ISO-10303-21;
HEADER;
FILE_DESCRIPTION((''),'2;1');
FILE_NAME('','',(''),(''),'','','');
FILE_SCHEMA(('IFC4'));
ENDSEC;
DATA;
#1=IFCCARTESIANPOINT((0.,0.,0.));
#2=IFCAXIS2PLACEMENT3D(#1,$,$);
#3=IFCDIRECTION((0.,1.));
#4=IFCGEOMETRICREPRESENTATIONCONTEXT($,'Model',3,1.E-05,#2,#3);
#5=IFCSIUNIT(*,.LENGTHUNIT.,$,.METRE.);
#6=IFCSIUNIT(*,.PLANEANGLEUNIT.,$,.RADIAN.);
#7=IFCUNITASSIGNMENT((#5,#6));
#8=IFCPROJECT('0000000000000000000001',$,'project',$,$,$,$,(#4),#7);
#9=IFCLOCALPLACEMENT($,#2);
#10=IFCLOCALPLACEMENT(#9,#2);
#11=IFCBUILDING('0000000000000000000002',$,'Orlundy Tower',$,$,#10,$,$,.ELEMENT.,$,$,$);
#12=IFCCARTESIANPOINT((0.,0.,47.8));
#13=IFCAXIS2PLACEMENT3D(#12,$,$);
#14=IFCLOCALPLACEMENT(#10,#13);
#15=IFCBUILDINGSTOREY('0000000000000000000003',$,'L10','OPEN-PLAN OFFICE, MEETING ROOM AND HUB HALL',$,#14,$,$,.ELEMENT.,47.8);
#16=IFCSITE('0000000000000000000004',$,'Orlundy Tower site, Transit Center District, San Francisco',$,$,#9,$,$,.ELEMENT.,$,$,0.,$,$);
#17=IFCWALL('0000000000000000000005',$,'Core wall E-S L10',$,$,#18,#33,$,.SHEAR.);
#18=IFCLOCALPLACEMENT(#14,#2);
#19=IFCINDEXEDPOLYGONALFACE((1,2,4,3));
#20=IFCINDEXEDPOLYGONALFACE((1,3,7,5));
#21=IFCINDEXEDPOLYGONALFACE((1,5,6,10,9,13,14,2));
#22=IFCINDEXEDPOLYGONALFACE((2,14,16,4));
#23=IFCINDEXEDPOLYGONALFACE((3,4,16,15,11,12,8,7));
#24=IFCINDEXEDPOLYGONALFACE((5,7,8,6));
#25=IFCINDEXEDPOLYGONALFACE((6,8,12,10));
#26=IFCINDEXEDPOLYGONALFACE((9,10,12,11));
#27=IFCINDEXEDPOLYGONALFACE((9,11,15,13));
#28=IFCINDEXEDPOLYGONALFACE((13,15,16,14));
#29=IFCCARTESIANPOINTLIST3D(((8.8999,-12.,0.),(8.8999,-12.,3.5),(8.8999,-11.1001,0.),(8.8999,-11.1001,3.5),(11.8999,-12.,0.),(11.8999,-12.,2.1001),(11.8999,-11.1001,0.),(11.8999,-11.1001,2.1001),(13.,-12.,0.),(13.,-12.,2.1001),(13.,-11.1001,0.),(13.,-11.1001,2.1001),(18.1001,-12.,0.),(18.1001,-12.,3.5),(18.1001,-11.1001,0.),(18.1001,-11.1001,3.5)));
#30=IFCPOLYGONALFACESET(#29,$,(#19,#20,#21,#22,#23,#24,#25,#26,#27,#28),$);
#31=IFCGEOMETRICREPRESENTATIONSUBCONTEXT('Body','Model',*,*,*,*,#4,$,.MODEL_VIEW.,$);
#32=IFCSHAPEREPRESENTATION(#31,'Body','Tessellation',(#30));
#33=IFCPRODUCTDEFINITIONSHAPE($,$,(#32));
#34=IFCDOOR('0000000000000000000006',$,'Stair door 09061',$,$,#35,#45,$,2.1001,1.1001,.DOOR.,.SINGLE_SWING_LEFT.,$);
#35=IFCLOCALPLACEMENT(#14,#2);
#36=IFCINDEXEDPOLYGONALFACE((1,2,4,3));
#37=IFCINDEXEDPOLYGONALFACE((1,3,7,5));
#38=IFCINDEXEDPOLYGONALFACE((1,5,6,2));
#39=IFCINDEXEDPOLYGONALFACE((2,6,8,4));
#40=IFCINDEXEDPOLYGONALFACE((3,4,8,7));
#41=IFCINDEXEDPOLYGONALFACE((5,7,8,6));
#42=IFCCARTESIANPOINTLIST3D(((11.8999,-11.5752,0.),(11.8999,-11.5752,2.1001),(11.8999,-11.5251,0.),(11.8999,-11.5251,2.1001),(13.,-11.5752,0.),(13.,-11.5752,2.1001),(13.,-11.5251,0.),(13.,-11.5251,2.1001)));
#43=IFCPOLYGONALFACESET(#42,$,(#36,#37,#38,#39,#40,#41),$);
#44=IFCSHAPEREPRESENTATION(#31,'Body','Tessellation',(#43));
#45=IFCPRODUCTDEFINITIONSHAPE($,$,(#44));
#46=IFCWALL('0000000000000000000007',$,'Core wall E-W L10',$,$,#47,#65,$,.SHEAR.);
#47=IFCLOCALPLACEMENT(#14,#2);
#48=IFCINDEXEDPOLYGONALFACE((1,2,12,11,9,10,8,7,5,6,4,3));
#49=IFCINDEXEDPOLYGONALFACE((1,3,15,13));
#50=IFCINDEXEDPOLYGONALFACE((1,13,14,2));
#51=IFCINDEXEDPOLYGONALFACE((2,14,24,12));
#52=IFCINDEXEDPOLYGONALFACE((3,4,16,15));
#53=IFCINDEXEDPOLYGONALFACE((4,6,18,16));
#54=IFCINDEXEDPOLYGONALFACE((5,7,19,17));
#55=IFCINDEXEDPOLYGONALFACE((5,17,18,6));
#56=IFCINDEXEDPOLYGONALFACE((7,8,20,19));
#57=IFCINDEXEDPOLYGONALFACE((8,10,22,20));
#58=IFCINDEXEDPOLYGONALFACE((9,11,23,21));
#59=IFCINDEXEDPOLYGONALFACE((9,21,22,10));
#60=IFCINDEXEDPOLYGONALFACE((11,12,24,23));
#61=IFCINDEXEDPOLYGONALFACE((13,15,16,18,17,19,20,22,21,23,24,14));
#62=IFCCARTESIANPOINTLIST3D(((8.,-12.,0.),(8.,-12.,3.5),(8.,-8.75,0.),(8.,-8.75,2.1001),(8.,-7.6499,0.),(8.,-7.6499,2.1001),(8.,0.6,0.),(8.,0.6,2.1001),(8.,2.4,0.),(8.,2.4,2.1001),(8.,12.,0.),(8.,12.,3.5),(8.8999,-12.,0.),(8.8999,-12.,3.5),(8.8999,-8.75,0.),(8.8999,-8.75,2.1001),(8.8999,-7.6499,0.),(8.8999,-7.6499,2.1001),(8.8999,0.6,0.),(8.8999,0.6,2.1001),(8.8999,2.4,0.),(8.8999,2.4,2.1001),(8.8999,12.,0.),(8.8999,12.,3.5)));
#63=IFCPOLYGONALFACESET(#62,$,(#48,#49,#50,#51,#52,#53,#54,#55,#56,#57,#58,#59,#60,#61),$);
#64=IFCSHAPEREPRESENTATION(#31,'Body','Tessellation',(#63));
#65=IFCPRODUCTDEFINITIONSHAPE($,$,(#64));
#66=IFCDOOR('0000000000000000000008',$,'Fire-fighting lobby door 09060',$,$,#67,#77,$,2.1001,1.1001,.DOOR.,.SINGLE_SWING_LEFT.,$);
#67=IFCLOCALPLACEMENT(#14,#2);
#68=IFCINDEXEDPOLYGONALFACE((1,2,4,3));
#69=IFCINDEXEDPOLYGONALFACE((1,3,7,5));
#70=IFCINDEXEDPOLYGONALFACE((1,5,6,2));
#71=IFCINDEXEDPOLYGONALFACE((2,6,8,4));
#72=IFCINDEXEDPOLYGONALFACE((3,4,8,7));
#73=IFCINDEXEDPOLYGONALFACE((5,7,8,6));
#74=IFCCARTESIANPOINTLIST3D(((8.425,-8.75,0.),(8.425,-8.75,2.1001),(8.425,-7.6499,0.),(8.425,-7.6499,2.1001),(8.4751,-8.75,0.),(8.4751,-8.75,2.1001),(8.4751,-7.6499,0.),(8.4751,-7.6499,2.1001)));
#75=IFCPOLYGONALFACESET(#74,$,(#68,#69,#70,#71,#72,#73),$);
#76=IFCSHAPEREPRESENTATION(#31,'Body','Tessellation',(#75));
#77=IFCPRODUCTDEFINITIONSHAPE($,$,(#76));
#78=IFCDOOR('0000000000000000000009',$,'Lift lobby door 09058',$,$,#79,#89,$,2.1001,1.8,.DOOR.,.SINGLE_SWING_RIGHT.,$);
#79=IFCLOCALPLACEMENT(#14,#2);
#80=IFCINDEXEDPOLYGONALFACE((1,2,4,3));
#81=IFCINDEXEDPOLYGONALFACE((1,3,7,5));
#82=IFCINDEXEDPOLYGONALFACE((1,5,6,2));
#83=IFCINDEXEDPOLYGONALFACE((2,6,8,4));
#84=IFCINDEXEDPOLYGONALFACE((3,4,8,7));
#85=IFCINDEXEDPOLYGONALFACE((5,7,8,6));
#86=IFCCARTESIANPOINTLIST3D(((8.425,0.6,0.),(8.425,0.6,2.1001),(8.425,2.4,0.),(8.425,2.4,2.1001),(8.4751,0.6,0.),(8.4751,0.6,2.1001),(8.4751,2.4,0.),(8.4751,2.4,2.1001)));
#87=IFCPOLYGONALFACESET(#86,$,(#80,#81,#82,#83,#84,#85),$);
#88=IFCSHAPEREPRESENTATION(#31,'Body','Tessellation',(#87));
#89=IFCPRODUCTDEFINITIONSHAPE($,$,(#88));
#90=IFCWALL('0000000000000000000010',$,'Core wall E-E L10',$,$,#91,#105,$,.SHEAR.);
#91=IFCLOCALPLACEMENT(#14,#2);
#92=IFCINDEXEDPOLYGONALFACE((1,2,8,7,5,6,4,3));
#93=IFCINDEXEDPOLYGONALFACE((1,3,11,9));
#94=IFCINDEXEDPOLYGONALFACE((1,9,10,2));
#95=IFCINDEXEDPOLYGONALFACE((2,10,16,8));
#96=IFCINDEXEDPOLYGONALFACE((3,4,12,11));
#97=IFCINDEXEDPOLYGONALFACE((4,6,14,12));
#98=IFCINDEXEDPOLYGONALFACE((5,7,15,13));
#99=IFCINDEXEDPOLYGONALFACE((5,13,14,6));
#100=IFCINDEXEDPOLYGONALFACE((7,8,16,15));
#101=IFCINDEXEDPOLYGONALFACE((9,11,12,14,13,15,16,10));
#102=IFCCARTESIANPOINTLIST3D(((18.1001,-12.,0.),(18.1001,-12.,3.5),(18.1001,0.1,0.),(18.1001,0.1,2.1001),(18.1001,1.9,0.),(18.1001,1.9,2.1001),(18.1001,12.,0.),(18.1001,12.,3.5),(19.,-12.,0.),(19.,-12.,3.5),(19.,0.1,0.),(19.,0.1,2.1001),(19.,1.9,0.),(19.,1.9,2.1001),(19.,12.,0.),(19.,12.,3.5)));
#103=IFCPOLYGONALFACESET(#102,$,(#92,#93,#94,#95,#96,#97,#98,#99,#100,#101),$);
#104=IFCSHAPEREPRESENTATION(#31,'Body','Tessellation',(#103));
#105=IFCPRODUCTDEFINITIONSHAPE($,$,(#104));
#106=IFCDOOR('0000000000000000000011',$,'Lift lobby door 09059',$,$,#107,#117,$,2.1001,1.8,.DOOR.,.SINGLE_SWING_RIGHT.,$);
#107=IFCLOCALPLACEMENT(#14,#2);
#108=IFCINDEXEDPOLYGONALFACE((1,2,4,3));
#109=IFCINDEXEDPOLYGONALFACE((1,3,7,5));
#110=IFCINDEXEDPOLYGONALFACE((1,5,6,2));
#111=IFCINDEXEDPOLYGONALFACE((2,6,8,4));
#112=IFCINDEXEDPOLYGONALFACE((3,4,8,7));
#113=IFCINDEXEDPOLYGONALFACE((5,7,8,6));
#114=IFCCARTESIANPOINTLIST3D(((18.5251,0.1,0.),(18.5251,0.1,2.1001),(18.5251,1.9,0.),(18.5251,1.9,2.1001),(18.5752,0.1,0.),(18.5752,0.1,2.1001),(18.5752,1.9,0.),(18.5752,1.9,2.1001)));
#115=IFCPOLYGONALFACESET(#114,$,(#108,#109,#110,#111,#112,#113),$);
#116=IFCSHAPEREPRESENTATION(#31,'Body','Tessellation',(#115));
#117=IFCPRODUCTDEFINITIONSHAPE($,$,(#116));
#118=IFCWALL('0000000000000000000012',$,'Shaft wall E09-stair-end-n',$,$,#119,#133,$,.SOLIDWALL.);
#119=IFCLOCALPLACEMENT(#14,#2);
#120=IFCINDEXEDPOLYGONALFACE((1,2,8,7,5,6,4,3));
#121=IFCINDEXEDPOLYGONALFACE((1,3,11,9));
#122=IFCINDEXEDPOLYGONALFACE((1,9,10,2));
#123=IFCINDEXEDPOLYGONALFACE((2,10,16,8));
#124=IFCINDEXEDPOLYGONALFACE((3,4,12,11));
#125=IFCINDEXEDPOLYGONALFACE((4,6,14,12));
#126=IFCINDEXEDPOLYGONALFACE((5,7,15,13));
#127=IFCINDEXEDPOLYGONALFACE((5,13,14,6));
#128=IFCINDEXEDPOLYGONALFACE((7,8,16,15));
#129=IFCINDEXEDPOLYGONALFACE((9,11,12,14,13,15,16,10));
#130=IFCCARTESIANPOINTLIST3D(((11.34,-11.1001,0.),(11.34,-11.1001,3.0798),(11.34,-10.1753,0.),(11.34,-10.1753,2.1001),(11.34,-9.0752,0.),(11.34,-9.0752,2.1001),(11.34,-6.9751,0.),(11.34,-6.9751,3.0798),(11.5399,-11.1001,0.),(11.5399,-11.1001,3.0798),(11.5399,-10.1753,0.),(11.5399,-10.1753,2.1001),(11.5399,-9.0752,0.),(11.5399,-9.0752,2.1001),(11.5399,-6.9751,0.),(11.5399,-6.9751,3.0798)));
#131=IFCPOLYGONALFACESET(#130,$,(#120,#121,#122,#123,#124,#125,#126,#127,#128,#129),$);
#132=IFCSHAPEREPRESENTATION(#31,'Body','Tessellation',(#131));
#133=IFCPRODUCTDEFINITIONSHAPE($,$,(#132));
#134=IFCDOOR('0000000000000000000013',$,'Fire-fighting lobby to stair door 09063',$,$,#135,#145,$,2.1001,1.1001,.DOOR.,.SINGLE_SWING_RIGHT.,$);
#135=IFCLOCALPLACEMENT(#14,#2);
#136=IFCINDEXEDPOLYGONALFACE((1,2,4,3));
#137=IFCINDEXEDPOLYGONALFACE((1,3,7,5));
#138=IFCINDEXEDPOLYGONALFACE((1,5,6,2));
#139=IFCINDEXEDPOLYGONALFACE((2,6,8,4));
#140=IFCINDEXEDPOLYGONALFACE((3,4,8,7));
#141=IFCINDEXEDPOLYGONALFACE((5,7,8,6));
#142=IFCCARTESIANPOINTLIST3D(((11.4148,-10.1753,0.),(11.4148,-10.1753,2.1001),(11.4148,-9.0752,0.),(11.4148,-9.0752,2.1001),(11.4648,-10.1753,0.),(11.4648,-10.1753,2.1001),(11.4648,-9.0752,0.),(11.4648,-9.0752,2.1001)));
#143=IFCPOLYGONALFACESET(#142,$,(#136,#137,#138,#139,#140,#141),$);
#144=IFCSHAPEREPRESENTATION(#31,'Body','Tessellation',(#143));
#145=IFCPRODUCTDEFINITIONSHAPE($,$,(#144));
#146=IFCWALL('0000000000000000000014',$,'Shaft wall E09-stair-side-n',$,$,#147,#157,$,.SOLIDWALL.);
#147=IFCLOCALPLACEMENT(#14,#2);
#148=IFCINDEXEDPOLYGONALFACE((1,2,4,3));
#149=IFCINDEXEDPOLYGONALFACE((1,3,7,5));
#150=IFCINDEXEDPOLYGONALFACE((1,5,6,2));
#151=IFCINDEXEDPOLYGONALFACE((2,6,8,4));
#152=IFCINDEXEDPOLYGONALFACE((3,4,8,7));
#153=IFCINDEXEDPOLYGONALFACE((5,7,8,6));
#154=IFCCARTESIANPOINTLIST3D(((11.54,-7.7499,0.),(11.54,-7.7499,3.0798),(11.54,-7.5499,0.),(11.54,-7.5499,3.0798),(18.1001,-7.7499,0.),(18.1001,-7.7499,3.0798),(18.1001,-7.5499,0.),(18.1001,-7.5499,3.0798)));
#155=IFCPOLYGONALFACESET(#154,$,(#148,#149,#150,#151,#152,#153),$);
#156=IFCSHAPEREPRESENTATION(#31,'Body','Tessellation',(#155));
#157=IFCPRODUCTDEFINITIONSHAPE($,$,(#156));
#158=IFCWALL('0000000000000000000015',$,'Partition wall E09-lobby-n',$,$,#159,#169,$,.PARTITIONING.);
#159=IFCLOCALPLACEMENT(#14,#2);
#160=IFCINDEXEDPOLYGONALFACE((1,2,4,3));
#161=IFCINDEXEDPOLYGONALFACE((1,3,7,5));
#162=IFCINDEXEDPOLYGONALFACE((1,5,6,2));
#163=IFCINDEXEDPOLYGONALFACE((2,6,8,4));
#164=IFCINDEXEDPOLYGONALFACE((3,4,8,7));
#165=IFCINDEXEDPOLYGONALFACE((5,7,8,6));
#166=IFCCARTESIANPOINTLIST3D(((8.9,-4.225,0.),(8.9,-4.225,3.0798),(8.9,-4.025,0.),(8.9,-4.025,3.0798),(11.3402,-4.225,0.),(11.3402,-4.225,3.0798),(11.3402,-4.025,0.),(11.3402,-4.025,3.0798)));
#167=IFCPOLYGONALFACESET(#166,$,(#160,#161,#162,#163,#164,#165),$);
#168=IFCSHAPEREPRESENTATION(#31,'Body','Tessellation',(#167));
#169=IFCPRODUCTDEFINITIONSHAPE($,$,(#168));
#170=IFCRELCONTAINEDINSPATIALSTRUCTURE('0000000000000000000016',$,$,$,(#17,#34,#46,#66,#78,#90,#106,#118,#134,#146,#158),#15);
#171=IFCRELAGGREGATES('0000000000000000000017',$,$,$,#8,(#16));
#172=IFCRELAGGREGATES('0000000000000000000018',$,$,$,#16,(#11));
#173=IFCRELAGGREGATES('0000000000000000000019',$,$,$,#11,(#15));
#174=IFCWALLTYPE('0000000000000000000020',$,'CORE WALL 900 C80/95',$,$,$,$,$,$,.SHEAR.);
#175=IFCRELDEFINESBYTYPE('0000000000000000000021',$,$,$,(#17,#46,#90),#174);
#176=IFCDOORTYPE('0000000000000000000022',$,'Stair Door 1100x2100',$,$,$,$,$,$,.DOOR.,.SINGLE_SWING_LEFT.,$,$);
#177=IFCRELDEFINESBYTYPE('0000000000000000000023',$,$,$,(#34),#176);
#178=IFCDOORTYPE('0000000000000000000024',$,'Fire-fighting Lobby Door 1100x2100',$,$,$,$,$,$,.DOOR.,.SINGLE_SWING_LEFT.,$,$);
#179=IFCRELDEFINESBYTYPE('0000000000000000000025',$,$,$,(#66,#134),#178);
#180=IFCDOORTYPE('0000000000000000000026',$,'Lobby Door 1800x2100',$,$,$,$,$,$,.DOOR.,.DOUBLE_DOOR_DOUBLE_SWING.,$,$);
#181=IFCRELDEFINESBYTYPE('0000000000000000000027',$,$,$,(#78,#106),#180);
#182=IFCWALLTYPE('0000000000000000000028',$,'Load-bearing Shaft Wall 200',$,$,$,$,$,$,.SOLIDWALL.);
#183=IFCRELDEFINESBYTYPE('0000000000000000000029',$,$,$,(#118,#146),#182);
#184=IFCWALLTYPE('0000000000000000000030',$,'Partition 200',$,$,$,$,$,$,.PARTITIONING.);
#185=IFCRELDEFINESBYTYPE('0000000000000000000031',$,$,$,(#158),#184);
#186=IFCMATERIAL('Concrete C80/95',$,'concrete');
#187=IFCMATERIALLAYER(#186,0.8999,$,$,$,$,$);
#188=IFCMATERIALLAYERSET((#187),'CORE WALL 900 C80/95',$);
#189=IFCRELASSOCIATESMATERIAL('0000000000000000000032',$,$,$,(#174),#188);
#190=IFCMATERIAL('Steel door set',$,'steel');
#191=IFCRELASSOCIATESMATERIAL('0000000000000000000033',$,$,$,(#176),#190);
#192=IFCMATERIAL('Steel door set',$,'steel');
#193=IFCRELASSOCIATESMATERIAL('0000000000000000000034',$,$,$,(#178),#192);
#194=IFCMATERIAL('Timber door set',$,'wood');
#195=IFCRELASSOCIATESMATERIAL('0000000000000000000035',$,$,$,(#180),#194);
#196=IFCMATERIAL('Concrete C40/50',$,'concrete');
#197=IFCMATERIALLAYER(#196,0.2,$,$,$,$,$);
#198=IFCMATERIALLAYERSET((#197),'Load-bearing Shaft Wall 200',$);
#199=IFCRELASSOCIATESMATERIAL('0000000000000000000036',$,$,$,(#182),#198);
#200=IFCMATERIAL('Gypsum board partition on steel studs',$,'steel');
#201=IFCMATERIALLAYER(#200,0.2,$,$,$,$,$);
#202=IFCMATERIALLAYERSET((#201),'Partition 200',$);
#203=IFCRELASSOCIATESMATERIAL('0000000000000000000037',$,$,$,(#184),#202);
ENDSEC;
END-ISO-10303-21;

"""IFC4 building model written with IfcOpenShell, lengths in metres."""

from ifc_helpers import new_model, si_unit, direction, frame, frame_2d, origin, place, context, subcontext, project, spatial, rectangle, extrude, material, layer, layer_set, type_object, element, fill, save


model = new_model("IFC4")

# Units and contexts
model_context = context("Model", 3, precision=1e-05, world=origin(), true_north=direction((0.0, 1.0)))
body_context = subcontext(model_context, "Body", "Model", "MODEL_VIEW")
ifc_project = project(units=[si_unit("LENGTHUNIT", "METRE"), si_unit("PLANEANGLEUNIT", "RADIAN")], contexts=[model_context])

# Site, building, storey
site_placement = place(None, origin())
site = spatial("IfcSite", under=ifc_project, at=site_placement, Name="Orlundy Tower site, Transit Center District, San Francisco", CompositionType="ELEMENT", RefElevation=0.0)
building_placement = place(site_placement, origin())
building = spatial("IfcBuilding", under=site, at=building_placement, Name="Orlundy Tower", CompositionType="ELEMENT")
storey_placement = place(building_placement, frame((0.0, 0.0, 47.8)))
storey = spatial("IfcBuildingStorey", under=building, at=storey_placement, Name="L10", Description="OPEN-PLAN OFFICE, MEETING ROOM AND HUB HALL", CompositionType="ELEMENT", Elevation=47.8)

# Wall, opening, door
ifc_material_1 = material(Name="Concrete C80/95", Category="concrete")
ifc_layer_1 = layer(ifc_material_1, 0.8999)
ifc_layer_set_1 = layer_set([ifc_layer_1], Name="CORE WALL 900 C80/95")
wall_type_1 = type_object("IfcWallType", Name="CORE WALL 900 C80/95", PredefinedType="SHEAR", material=ifc_layer_set_1)
wall_1_placement = place(storey_placement, frame((8.8999, -11.55, 0.0), z_axis=(0.0, 0.0, 1.0), x_axis=(1.0, 0.0, 0.0)))
wall_1 = element("IfcWall", 1, at=wall_1_placement, inside=storey, type_object=wall_type_1, Name="Core wall E-S L10", PredefinedType="SHEAR", context=body_context, shape_type="SweptSolid", body=[
    extrude(rectangle(XDim=9.2002, YDim=0.8999, at=frame_2d((4.6001, 0.0))), origin(), (0.0, 0.0, 1.0), 3.5),
])
opening_1_placement = place(wall_1_placement, frame((3.0, 0.0, 0.0)))
opening_1 = element("IfcOpeningElement", 2, at=opening_1_placement, cuts=wall_1, PredefinedType="OPENING", context=body_context, shape_type="SweptSolid", body=[
    extrude(rectangle(XDim=1.1001, YDim=2.1001, at=frame_2d((0.55, 1.05))), frame((0.0, 0.46, 0.0), z_axis=(0.0, -1.0, 0.0), x_axis=(1.0, 0.0, 0.0)), (0.0, 0.0, 1.0), 0.9199),
])
ifc_material_2 = material(Name="Steel door set", Category="steel")
door_type_1 = type_object("IfcDoorType", Name="Stair Door 1100x2100", OperationType="SINGLE_SWING_LEFT", PredefinedType="DOOR", material=ifc_material_2)
door_1_placement = place(opening_1_placement, origin())
door_1 = element("IfcDoor", 3, at=door_1_placement, inside=storey, type_object=door_type_1, Name="Stair door 09061", OperationType="SINGLE_SWING_LEFT", OverallHeight=2.1001, OverallWidth=1.1001, PredefinedType="DOOR", context=body_context, shape_type="SweptSolid", body=[
    extrude(rectangle(XDim=1.1001, YDim=2.1001, at=frame_2d((0.55, 1.05))), frame((0.0, 0.0249, 0.0), z_axis=(0.0, -1.0, 0.0), x_axis=(1.0, 0.0, 0.0)), (0.0, 0.0, 1.0), 0.05),
])
fill(opening_1, door_1)

# Wall, openings, doors
wall_2_placement = place(storey_placement, frame((8.45, -12.0, 0.0), z_axis=(0.0, 0.0, 1.0), x_axis=(0.0, 1.0, 0.0)))
wall_2 = element("IfcWall", 4, at=wall_2_placement, inside=storey, type_object=wall_type_1, Name="Core wall E-W L10", PredefinedType="SHEAR", context=body_context, shape_type="SweptSolid", body=[
    extrude(rectangle(XDim=24.0, YDim=0.8999, at=frame_2d((12.0, 0.0))), origin(), (0.0, 0.0, 1.0), 3.5),
])
opening_2_placement = place(wall_2_placement, frame((12.6001, 0.0, 0.0)))
opening_2 = element("IfcOpeningElement", 5, at=opening_2_placement, cuts=wall_2, PredefinedType="OPENING", context=body_context, shape_type="SweptSolid", body=[
    extrude(rectangle(XDim=1.8, YDim=2.1001, at=frame_2d((0.8999, 1.05))), frame((0.0, 0.46, 0.0), z_axis=(0.0, -1.0, 0.0), x_axis=(1.0, 0.0, 0.0)), (0.0, 0.0, 1.0), 0.9199),
])
opening_3_placement = place(wall_2_placement, frame((3.25, 0.0, 0.0)))
opening_3 = element("IfcOpeningElement", 6, at=opening_3_placement, cuts=wall_2, PredefinedType="OPENING", context=body_context, shape_type="SweptSolid", body=[
    extrude(rectangle(XDim=1.1001, YDim=2.1001, at=frame_2d((0.55, 1.05))), frame((0.0, 0.46, 0.0), z_axis=(0.0, -1.0, 0.0), x_axis=(1.0, 0.0, 0.0)), (0.0, 0.0, 1.0), 0.9199),
])
ifc_material_3 = material(Name="Steel door set", Category="steel")
door_type_2 = type_object("IfcDoorType", Name="Fire-fighting Lobby Door 1100x2100", OperationType="SINGLE_SWING_LEFT", PredefinedType="DOOR", material=ifc_material_3)
door_2_placement = place(opening_3_placement, origin())
door_2 = element("IfcDoor", 7, at=door_2_placement, inside=storey, type_object=door_type_2, Name="Fire-fighting lobby door 09060", OperationType="SINGLE_SWING_LEFT", OverallHeight=2.1001, OverallWidth=1.1001, PredefinedType="DOOR", context=body_context, shape_type="SweptSolid", body=[
    extrude(rectangle(XDim=1.1001, YDim=2.1001, at=frame_2d((0.55, 1.05))), frame((0.0, 0.0249, 0.0), z_axis=(0.0, -1.0, 0.0), x_axis=(1.0, 0.0, 0.0)), (0.0, 0.0, 1.0), 0.05),
])
fill(opening_3, door_2)
ifc_material_4 = material(Name="Timber door set", Category="wood")
door_type_3 = type_object("IfcDoorType", Name="Lobby Door 1800x2100", OperationType="DOUBLE_DOOR_DOUBLE_SWING", PredefinedType="DOOR", material=ifc_material_4)
door_3_placement = place(opening_2_placement, origin())
door_3 = element("IfcDoor", 8, at=door_3_placement, inside=storey, type_object=door_type_3, Name="Lift lobby door 09058", OperationType="SINGLE_SWING_RIGHT", OverallHeight=2.1001, OverallWidth=1.8, PredefinedType="DOOR", context=body_context, shape_type="SweptSolid", body=[
    extrude(rectangle(XDim=1.8, YDim=2.1001, at=frame_2d((0.8999, 1.05))), frame((0.0, 0.0249, 0.0), z_axis=(0.0, -1.0, 0.0), x_axis=(1.0, 0.0, 0.0)), (0.0, 0.0, 1.0), 0.05),
])
fill(opening_2, door_3)

# Walls, openings, doors
wall_3_placement = place(storey_placement, frame((18.55, -12.0, 0.0), z_axis=(0.0, 0.0, 1.0), x_axis=(0.0, 1.0, 0.0)))
wall_3 = element("IfcWall", 9, at=wall_3_placement, inside=storey, type_object=wall_type_1, Name="Core wall E-E L10", PredefinedType="SHEAR", context=body_context, shape_type="SweptSolid", body=[
    extrude(rectangle(XDim=24.0, YDim=0.8999, at=frame_2d((12.0, 0.0))), origin(), (0.0, 0.0, 1.0), 3.5),
])
opening_4_placement = place(wall_3_placement, frame((12.1001, 0.0, 0.0)))
opening_4 = element("IfcOpeningElement", 10, at=opening_4_placement, cuts=wall_3, PredefinedType="OPENING", context=body_context, shape_type="SweptSolid", body=[
    extrude(rectangle(XDim=1.8, YDim=2.1001, at=frame_2d((0.8999, 1.05))), frame((0.0, 0.46, 0.0), z_axis=(0.0, -1.0, 0.0), x_axis=(1.0, 0.0, 0.0)), (0.0, 0.0, 1.0), 0.9199),
])
door_4_placement = place(opening_4_placement, origin())
door_4 = element("IfcDoor", 11, at=door_4_placement, inside=storey, type_object=door_type_3, Name="Lift lobby door 09059", OperationType="SINGLE_SWING_RIGHT", OverallHeight=2.1001, OverallWidth=1.8, PredefinedType="DOOR", context=body_context, shape_type="SweptSolid", body=[
    extrude(rectangle(XDim=1.8, YDim=2.1001, at=frame_2d((0.8999, 1.05))), frame((0.0, 0.0249, 0.0), z_axis=(0.0, -1.0, 0.0), x_axis=(1.0, 0.0, 0.0)), (0.0, 0.0, 1.0), 0.05),
])
fill(opening_4, door_4)
ifc_material_5 = material(Name="Concrete C40/50", Category="concrete")
ifc_layer_2 = layer(ifc_material_5, 0.2)
ifc_layer_set_2 = layer_set([ifc_layer_2], Name="Load-bearing Shaft Wall 200")
wall_type_2 = type_object("IfcWallType", Name="Load-bearing Shaft Wall 200", PredefinedType="SOLIDWALL", material=ifc_layer_set_2)
wall_4_placement = place(storey_placement, frame((11.4399, -6.9751, 0.0), z_axis=(0.0, 0.0, 1.0), x_axis=(0.0, -1.0, 0.0)))
wall_4 = element("IfcWall", 12, at=wall_4_placement, inside=storey, type_object=wall_type_2, Name="Shaft wall E09-stair-end-n", PredefinedType="SOLIDWALL", context=body_context, shape_type="SweptSolid", body=[
    extrude(rectangle(XDim=4.125, YDim=0.2, at=frame_2d((2.0625, 0.0))), origin(), (0.0, 0.0, 1.0), 3.0798),
])
opening_5_placement = place(wall_4_placement, frame((2.1001, 0.0, 0.0)))
opening_5 = element("IfcOpeningElement", 13, at=opening_5_placement, cuts=wall_4, PredefinedType="OPENING", context=body_context, shape_type="SweptSolid", body=[
    extrude(rectangle(XDim=1.1001, YDim=2.1001, at=frame_2d((0.55, 1.05))), frame((0.0, 0.1101, 0.0), z_axis=(0.0, -1.0, 0.0), x_axis=(1.0, 0.0, 0.0)), (0.0, 0.0, 1.0), 0.2202),
])
door_5_placement = place(opening_5_placement, origin())
door_5 = element("IfcDoor", 14, at=door_5_placement, inside=storey, type_object=door_type_2, Name="Fire-fighting lobby to stair door 09063", OperationType="SINGLE_SWING_RIGHT", OverallHeight=2.1001, OverallWidth=1.1001, PredefinedType="DOOR", context=body_context, shape_type="SweptSolid", body=[
    extrude(rectangle(XDim=1.1001, YDim=2.1001, at=frame_2d((0.55, 1.05))), frame((0.0, 0.0249, 0.0), z_axis=(0.0, -1.0, 0.0), x_axis=(1.0, 0.0, 0.0)), (0.0, 0.0, 1.0), 0.05),
])
fill(opening_5, door_5)

# Walls
wall_5_placement = place(storey_placement, frame((11.54, -7.6499, 0.0), z_axis=(0.0, 0.0, 1.0), x_axis=(1.0, 0.0, 0.0)))
element("IfcWall", 15, at=wall_5_placement, inside=storey, type_object=wall_type_2, Name="Shaft wall E09-stair-side-n", PredefinedType="SOLIDWALL", context=body_context, shape_type="SweptSolid", body=[
    extrude(rectangle(XDim=6.5601, YDim=0.2, at=frame_2d((3.28, 0.0))), origin(), (0.0, 0.0, 1.0), 3.0798),
])
ifc_material_6 = material(Name="Gypsum board partition on steel studs", Category="steel")
ifc_layer_3 = layer(ifc_material_6, 0.2)
ifc_layer_set_3 = layer_set([ifc_layer_3], Name="Partition 200")
wall_type_3 = type_object("IfcWallType", Name="Partition 200", PredefinedType="PARTITIONING", material=ifc_layer_set_3)
wall_6_placement = place(storey_placement, frame((8.8999, -4.125, 0.0), z_axis=(0.0, 0.0, 1.0), x_axis=(1.0, 0.0, 0.0)))
element("IfcWall", 16, at=wall_6_placement, inside=storey, type_object=wall_type_3, Name="Partition wall E09-lobby-n", PredefinedType="PARTITIONING", context=body_context, shape_type="SweptSolid", body=[
    extrude(rectangle(XDim=2.4402, YDim=0.2, at=frame_2d((1.2202, 0.0))), origin(), (0.0, 0.0, 1.0), 3.0798),
])

save(model, "model.ifc")
